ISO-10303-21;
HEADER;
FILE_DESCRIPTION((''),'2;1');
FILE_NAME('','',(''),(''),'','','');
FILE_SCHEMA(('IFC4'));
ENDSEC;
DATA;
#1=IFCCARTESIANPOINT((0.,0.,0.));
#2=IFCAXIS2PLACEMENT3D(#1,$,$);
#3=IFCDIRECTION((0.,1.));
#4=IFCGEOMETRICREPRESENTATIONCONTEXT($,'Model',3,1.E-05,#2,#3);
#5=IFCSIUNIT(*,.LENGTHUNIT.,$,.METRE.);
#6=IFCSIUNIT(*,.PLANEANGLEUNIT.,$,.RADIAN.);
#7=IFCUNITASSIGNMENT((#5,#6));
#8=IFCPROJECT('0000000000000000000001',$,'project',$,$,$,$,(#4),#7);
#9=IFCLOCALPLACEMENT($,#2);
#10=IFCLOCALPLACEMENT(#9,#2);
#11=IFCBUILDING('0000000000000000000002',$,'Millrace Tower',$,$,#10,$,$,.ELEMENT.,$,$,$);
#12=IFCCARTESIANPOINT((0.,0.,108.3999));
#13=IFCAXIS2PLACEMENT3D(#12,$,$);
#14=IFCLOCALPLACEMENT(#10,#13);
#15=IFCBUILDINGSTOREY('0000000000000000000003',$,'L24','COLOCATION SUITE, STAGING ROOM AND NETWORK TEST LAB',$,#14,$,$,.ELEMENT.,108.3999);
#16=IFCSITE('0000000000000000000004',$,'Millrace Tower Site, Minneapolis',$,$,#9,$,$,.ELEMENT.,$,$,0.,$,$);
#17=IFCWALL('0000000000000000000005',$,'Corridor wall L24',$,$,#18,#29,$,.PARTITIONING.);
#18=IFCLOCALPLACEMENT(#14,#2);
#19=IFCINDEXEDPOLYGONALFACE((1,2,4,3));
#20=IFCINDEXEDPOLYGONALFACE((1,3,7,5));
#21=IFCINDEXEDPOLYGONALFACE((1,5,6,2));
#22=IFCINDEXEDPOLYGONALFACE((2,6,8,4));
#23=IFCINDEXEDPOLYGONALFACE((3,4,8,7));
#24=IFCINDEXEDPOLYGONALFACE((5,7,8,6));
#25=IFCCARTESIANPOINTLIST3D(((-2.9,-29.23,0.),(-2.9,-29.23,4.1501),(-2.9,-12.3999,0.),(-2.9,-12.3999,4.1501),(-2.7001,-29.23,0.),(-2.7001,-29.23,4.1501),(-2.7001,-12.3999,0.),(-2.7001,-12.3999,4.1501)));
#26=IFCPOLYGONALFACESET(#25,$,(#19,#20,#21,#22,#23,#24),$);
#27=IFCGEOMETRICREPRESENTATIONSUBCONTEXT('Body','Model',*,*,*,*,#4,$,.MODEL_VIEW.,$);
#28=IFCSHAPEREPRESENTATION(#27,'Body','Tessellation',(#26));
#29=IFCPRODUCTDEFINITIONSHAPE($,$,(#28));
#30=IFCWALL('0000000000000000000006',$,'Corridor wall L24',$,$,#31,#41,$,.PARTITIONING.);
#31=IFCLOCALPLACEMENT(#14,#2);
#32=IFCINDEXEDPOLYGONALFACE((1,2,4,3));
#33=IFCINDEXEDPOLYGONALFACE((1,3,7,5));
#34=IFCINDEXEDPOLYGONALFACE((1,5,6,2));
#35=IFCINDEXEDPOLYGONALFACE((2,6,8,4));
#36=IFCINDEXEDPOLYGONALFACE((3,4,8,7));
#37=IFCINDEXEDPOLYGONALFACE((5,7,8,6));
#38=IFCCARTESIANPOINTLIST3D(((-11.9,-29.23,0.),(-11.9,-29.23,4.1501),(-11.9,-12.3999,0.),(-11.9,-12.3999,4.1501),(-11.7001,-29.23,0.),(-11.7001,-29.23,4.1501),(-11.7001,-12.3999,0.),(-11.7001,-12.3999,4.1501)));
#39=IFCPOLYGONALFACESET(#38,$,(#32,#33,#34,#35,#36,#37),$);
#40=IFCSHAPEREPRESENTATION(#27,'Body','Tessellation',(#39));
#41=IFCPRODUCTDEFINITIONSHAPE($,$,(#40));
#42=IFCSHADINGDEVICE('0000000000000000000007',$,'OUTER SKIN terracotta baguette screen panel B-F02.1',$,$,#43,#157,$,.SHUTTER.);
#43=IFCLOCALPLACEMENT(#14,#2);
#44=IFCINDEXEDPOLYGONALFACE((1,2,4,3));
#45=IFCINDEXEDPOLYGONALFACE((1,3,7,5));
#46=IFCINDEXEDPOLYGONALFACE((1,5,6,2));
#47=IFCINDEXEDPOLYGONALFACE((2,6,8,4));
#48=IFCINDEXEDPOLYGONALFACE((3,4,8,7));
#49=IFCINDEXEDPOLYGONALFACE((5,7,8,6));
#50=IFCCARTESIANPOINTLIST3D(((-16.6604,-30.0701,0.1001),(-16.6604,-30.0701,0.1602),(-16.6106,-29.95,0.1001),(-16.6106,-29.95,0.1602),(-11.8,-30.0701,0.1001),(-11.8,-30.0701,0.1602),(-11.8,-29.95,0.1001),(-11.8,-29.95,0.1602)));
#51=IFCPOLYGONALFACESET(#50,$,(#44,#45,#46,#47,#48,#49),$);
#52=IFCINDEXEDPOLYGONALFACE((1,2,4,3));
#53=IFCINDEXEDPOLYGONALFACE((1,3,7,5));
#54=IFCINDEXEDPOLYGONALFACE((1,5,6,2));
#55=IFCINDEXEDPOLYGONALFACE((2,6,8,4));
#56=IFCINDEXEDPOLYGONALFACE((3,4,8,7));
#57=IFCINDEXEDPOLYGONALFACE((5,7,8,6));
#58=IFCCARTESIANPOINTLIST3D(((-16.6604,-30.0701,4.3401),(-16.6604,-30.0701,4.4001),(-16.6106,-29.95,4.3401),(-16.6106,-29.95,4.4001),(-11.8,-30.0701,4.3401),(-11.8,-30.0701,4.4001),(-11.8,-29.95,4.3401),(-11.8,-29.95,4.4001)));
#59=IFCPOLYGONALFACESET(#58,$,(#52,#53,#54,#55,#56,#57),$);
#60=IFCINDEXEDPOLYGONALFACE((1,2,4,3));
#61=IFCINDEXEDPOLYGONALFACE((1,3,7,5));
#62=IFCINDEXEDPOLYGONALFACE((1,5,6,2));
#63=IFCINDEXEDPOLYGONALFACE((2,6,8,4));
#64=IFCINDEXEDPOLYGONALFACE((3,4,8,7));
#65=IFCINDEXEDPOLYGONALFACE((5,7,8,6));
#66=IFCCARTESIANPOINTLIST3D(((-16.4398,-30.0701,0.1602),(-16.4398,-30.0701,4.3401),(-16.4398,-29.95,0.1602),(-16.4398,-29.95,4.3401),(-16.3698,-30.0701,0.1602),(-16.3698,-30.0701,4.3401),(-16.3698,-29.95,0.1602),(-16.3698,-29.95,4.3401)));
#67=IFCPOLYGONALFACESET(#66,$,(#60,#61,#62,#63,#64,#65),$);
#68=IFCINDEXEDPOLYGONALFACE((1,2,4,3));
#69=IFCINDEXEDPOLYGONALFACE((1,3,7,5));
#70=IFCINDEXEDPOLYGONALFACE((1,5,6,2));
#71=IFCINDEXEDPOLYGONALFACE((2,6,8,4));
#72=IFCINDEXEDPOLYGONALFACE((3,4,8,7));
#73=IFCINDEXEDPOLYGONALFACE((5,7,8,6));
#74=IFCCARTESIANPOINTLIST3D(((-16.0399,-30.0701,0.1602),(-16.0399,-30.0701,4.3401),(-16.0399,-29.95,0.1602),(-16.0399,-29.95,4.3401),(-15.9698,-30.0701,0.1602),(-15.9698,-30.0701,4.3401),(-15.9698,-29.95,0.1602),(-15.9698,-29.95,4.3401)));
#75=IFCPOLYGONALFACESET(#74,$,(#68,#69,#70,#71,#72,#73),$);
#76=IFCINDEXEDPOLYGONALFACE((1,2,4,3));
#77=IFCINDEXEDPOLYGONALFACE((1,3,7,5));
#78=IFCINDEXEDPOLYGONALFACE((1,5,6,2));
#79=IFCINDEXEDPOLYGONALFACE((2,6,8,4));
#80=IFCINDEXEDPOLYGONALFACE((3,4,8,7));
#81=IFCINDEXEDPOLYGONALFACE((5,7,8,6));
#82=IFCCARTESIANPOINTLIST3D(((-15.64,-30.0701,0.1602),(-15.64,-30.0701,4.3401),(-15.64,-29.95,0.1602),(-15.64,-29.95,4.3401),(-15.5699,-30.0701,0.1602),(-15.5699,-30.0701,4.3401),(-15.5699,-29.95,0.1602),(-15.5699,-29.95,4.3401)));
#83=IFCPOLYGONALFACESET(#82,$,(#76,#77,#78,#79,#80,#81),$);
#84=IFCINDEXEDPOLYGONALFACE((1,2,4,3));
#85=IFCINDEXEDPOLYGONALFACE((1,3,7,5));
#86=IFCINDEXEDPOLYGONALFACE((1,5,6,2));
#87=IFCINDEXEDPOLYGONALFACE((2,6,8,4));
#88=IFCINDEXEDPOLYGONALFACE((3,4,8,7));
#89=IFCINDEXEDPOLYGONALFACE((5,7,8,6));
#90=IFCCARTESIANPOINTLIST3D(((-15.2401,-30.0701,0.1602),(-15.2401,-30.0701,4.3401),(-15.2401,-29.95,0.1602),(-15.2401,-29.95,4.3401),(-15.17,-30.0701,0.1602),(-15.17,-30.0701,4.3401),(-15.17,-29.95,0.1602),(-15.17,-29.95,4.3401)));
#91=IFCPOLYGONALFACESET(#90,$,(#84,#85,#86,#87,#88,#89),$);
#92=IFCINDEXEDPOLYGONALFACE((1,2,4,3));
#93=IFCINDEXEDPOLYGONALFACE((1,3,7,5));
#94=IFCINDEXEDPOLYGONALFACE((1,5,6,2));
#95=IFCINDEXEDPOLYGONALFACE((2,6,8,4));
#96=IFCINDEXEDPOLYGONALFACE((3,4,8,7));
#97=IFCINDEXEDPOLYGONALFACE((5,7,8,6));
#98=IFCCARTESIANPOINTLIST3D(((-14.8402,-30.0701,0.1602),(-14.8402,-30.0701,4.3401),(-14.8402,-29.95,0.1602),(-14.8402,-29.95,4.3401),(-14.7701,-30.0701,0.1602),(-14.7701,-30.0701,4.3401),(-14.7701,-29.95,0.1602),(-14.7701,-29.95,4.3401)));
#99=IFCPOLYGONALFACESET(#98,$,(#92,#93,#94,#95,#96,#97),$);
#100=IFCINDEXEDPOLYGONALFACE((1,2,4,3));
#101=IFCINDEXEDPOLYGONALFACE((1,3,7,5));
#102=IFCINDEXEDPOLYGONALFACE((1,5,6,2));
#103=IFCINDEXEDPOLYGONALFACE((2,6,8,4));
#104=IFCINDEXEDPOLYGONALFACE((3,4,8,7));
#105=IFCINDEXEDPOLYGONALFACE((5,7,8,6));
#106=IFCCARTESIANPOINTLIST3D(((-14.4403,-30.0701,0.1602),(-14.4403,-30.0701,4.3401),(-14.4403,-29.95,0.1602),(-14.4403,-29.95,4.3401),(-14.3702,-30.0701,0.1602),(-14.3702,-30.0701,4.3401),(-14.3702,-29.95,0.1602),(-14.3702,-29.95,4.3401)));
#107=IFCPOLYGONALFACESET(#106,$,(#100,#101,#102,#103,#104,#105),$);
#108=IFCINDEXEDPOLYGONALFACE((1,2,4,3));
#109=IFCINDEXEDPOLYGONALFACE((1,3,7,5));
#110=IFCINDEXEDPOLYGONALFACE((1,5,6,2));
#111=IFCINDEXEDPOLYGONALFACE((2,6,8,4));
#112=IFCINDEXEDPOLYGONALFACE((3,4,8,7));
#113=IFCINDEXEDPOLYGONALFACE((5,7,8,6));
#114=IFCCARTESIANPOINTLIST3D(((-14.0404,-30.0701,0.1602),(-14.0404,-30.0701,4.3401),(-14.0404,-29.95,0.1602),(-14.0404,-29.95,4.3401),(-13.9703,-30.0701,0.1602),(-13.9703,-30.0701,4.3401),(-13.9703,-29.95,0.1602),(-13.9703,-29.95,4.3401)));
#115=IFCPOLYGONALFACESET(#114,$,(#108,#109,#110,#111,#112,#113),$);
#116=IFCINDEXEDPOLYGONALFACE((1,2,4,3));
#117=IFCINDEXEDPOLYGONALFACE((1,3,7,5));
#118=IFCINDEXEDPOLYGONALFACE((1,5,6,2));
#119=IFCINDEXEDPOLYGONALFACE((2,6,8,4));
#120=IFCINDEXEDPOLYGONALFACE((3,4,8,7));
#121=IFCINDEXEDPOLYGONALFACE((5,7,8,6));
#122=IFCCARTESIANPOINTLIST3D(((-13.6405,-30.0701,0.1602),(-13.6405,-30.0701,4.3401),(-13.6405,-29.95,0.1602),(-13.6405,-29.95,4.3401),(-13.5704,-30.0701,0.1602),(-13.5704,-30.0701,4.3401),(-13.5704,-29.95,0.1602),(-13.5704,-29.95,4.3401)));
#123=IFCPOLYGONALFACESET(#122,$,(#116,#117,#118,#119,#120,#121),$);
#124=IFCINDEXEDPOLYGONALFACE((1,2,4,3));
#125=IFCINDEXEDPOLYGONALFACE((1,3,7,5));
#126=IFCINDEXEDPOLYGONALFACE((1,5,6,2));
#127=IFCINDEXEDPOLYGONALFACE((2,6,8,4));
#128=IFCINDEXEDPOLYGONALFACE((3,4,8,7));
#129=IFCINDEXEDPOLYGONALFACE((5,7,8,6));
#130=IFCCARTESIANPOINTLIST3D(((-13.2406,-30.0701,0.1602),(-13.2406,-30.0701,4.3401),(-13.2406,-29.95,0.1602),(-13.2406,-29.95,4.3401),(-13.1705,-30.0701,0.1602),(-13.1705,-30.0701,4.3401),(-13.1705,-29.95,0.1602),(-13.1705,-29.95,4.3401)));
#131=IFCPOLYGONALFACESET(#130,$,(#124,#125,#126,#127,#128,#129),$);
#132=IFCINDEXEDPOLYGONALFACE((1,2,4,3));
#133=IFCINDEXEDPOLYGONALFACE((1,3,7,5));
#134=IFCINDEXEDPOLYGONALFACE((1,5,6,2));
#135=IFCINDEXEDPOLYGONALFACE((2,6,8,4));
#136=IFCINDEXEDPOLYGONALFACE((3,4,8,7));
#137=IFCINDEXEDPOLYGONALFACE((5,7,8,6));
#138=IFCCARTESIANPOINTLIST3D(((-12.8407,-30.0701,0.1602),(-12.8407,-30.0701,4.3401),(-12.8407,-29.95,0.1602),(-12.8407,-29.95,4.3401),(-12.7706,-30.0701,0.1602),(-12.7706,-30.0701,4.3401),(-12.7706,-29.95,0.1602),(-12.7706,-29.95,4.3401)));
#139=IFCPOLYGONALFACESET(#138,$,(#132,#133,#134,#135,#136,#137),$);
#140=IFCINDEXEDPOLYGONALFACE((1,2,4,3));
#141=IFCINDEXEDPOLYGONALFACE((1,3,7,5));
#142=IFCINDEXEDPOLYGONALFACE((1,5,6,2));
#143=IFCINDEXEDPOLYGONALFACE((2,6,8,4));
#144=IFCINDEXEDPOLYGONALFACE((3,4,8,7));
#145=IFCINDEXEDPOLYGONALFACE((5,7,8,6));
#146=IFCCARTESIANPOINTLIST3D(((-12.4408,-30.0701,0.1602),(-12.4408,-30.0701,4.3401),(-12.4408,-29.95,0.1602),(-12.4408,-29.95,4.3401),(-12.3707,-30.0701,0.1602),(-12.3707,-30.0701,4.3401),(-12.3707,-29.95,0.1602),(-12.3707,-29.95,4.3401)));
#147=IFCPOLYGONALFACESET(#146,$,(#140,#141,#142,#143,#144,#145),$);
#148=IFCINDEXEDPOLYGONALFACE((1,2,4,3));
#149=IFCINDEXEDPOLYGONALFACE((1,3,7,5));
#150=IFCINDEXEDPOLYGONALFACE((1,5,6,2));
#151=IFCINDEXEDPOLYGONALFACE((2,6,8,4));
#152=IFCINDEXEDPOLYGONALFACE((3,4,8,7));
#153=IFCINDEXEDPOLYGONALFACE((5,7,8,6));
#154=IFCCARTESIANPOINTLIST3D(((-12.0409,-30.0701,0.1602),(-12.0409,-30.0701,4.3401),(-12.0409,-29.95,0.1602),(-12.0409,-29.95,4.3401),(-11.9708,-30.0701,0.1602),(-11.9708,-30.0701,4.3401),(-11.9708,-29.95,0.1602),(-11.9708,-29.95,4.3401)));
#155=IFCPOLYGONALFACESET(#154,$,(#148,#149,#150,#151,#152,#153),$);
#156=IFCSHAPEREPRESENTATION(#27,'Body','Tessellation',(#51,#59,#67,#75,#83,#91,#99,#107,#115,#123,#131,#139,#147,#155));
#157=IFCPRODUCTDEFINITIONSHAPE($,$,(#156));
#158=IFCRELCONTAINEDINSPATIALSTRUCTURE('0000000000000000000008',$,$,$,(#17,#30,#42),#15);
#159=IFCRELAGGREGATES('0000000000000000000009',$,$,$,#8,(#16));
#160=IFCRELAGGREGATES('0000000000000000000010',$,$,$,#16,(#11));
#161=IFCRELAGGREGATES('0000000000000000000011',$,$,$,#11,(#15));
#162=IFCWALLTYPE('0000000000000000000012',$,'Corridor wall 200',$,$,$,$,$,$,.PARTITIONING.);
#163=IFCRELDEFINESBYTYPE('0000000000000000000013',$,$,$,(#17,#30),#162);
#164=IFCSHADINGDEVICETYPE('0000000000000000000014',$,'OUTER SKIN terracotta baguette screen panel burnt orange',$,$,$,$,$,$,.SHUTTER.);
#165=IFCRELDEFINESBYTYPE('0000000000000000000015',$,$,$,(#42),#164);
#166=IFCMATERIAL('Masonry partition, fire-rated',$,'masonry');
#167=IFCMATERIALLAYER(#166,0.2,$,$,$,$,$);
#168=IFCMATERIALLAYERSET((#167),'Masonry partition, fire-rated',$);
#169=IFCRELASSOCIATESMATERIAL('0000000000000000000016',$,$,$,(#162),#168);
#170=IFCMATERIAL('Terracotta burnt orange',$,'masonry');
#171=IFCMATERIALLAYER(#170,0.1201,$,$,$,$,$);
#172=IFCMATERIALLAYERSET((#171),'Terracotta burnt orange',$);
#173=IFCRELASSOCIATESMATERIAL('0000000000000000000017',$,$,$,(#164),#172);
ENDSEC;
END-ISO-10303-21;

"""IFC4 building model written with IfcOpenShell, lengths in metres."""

from ifc_helpers import new_model, entity, si_unit, direction, frame, frame_2d, origin, place, context, subcontext, project, spatial, rectangle, extrude, source, transform, mapped, material, layer, layer_set, type_object, element, save


model = new_model("IFC4")

# Units and contexts
model_context = context("Model", 3, precision=1e-05, world=origin(), true_north=direction((0.0, 1.0)))
body_context = subcontext(model_context, "Body", "Model", "MODEL_VIEW")
ifc_project = project(units=[si_unit("LENGTHUNIT", "METRE"), si_unit("PLANEANGLEUNIT", "RADIAN")], contexts=[model_context])

# Site, building, storey
site_placement = place(None, origin())
site = spatial("IfcSite", under=ifc_project, at=site_placement, Name="Millrace Tower Site, Minneapolis", CompositionType="ELEMENT", RefElevation=0.0)
building_placement = place(site_placement, origin())
building = spatial("IfcBuilding", under=site, at=building_placement, Name="Millrace Tower", CompositionType="ELEMENT")
storey_placement = place(building_placement, frame((0.0, 0.0, 108.3999)))
storey = spatial("IfcBuildingStorey", under=building, at=storey_placement, Name="L24", Description="COLOCATION SUITE, STAGING ROOM AND NETWORK TEST LAB", CompositionType="ELEMENT", Elevation=108.3999)

# Walls
ifc_material_1 = material(Name="Masonry partition, fire-rated", Category="masonry")
ifc_layer_1 = layer(ifc_material_1, 0.2)
ifc_layer_set_1 = layer_set([ifc_layer_1], Name="Masonry partition, fire-rated")
wall_type = type_object("IfcWallType", Name="Corridor wall 200", PredefinedType="PARTITIONING", material=ifc_layer_set_1)
for number, where, z_axis, x_axis, name in (
    (1, (-2.8, -29.23, 0.0), (0.0, 0.0, 1.0), (0.0, 1.0, 0.0), "Corridor wall L24"),
    (2, (-11.8, -29.23, 0.0), (0.0, 0.0, 1.0), (0.0, 1.0, 0.0), "Corridor wall L24"),
):
    element("IfcWall", number, at=place(storey_placement, frame(where, z_axis=z_axis, x_axis=x_axis)), inside=storey, type_object=wall_type, Name=name, PredefinedType="PARTITIONING", context=body_context, shape_type="SweptSolid", body=[
        extrude(rectangle(XDim=16.8301, YDim=0.2, at=frame_2d((8.415, 0.0))), origin(), (0.0, 0.0, 1.0), 4.1501),
    ])

# Shading device
ifc_material_2 = material(Name="Terracotta burnt orange", Category="masonry")
ifc_layer_2 = layer(ifc_material_2, 0.1201)
ifc_layer_set_2 = layer_set([ifc_layer_2], Name="Terracotta burnt orange")
shading_device_type = type_object("IfcShadingDeviceType", Name="OUTER SKIN terracotta baguette screen panel burnt orange", PredefinedType="SHUTTER", material=ifc_layer_set_2)
cartesian_point_1 = entity("IfcCartesianPoint", [-2.3928, 0.0601])
shared_polyline_1 = entity("IfcPolyline", [cartesian_point_1, entity("IfcCartesianPoint", [2.4177, 0.0601]), entity("IfcCartesianPoint", [2.4177, -0.0601]), entity("IfcCartesianPoint", [-2.4426, -0.0601]), cartesian_point_1])
shared_shape_1 = source(origin(), body_context, "Body", "SweptSolid", [
    entity("IfcExtrudedAreaSolid", entity("IfcArbitraryClosedProfileDef", "AREA", None, shared_polyline_1), entity("IfcAxis2Placement3D", entity("IfcCartesianPoint", [0.0, 0.0, 0.0])), entity("IfcDirection", [0.0, 0.0, 1.0]), 0.0601),
    entity("IfcExtrudedAreaSolid", entity("IfcArbitraryClosedProfileDef", "AREA", None, shared_polyline_1), entity("IfcAxis2Placement3D", entity("IfcCartesianPoint", [0.0, 0.0, 4.24])), entity("IfcDirection", [0.0, 0.0, 1.0]), 0.0601),
    extrude(rectangle(XDim=0.0701, YDim=0.1201, at=frame_2d((-2.187, 0.0))), frame((0.0, 0.0, 0.0601)), (0.0, 0.0, 1.0), 4.1799),
    extrude(rectangle(XDim=0.0701, YDim=0.1201, at=frame_2d((-1.7871, 0.0))), frame((0.0, 0.0, 0.0601)), (0.0, 0.0, 1.0), 4.1799),
    extrude(rectangle(XDim=0.0701, YDim=0.1201, at=frame_2d((-1.3872, 0.0))), frame((0.0, 0.0, 0.0601)), (0.0, 0.0, 1.0), 4.1799),
    extrude(rectangle(XDim=0.0701, YDim=0.1201, at=frame_2d((-0.9873, 0.0))), frame((0.0, 0.0, 0.0601)), (0.0, 0.0, 1.0), 4.1799),
    extrude(rectangle(XDim=0.0701, YDim=0.1201, at=frame_2d((-0.5874, 0.0))), frame((0.0, 0.0, 0.0601)), (0.0, 0.0, 1.0), 4.1799),
    extrude(rectangle(XDim=0.0701, YDim=0.1201, at=frame_2d((-0.1875, 0.0))), frame((0.0, 0.0, 0.0601)), (0.0, 0.0, 1.0), 4.1799),
    extrude(rectangle(XDim=0.0701, YDim=0.1201, at=frame_2d((0.2124, 0.0))), frame((0.0, 0.0, 0.0601)), (0.0, 0.0, 1.0), 4.1799),
    extrude(rectangle(XDim=0.0701, YDim=0.1201, at=frame_2d((0.6123, 0.0))), frame((0.0, 0.0, 0.0601)), (0.0, 0.0, 1.0), 4.1799),
    extrude(rectangle(XDim=0.0701, YDim=0.1201, at=frame_2d((1.0122, 0.0))), frame((0.0, 0.0, 0.0601)), (0.0, 0.0, 1.0), 4.1799),
    extrude(rectangle(XDim=0.0701, YDim=0.1201, at=frame_2d((1.4121, 0.0))), frame((0.0, 0.0, 0.0601)), (0.0, 0.0, 1.0), 4.1799),
    extrude(rectangle(XDim=0.0701, YDim=0.1201, at=frame_2d((1.812, 0.0))), frame((0.0, 0.0, 0.0601)), (0.0, 0.0, 1.0), 4.1799),
    extrude(rectangle(XDim=0.0701, YDim=0.1201, at=frame_2d((2.2119, 0.0))), frame((0.0, 0.0, 0.0601)), (0.0, 0.0, 1.0), 4.1799),
])
shading_device_placement = place(storey_placement, frame((-14.2178, -30.01, 0.1001), z_axis=(0.0, 0.0, 1.0), x_axis=(1.0, 0.0, 0.0)))
element("IfcShadingDevice", 3, at=shading_device_placement, inside=storey, type_object=shading_device_type, Name="OUTER SKIN terracotta baguette screen panel B-F02.1", PredefinedType="SHUTTER", context=body_context, shape_type="MappedRepresentation", body=[
    mapped(shared_shape_1, transform((0.0, 0.0, 0.0), scale=1.0)),
])

save(model, "model.ifc")
